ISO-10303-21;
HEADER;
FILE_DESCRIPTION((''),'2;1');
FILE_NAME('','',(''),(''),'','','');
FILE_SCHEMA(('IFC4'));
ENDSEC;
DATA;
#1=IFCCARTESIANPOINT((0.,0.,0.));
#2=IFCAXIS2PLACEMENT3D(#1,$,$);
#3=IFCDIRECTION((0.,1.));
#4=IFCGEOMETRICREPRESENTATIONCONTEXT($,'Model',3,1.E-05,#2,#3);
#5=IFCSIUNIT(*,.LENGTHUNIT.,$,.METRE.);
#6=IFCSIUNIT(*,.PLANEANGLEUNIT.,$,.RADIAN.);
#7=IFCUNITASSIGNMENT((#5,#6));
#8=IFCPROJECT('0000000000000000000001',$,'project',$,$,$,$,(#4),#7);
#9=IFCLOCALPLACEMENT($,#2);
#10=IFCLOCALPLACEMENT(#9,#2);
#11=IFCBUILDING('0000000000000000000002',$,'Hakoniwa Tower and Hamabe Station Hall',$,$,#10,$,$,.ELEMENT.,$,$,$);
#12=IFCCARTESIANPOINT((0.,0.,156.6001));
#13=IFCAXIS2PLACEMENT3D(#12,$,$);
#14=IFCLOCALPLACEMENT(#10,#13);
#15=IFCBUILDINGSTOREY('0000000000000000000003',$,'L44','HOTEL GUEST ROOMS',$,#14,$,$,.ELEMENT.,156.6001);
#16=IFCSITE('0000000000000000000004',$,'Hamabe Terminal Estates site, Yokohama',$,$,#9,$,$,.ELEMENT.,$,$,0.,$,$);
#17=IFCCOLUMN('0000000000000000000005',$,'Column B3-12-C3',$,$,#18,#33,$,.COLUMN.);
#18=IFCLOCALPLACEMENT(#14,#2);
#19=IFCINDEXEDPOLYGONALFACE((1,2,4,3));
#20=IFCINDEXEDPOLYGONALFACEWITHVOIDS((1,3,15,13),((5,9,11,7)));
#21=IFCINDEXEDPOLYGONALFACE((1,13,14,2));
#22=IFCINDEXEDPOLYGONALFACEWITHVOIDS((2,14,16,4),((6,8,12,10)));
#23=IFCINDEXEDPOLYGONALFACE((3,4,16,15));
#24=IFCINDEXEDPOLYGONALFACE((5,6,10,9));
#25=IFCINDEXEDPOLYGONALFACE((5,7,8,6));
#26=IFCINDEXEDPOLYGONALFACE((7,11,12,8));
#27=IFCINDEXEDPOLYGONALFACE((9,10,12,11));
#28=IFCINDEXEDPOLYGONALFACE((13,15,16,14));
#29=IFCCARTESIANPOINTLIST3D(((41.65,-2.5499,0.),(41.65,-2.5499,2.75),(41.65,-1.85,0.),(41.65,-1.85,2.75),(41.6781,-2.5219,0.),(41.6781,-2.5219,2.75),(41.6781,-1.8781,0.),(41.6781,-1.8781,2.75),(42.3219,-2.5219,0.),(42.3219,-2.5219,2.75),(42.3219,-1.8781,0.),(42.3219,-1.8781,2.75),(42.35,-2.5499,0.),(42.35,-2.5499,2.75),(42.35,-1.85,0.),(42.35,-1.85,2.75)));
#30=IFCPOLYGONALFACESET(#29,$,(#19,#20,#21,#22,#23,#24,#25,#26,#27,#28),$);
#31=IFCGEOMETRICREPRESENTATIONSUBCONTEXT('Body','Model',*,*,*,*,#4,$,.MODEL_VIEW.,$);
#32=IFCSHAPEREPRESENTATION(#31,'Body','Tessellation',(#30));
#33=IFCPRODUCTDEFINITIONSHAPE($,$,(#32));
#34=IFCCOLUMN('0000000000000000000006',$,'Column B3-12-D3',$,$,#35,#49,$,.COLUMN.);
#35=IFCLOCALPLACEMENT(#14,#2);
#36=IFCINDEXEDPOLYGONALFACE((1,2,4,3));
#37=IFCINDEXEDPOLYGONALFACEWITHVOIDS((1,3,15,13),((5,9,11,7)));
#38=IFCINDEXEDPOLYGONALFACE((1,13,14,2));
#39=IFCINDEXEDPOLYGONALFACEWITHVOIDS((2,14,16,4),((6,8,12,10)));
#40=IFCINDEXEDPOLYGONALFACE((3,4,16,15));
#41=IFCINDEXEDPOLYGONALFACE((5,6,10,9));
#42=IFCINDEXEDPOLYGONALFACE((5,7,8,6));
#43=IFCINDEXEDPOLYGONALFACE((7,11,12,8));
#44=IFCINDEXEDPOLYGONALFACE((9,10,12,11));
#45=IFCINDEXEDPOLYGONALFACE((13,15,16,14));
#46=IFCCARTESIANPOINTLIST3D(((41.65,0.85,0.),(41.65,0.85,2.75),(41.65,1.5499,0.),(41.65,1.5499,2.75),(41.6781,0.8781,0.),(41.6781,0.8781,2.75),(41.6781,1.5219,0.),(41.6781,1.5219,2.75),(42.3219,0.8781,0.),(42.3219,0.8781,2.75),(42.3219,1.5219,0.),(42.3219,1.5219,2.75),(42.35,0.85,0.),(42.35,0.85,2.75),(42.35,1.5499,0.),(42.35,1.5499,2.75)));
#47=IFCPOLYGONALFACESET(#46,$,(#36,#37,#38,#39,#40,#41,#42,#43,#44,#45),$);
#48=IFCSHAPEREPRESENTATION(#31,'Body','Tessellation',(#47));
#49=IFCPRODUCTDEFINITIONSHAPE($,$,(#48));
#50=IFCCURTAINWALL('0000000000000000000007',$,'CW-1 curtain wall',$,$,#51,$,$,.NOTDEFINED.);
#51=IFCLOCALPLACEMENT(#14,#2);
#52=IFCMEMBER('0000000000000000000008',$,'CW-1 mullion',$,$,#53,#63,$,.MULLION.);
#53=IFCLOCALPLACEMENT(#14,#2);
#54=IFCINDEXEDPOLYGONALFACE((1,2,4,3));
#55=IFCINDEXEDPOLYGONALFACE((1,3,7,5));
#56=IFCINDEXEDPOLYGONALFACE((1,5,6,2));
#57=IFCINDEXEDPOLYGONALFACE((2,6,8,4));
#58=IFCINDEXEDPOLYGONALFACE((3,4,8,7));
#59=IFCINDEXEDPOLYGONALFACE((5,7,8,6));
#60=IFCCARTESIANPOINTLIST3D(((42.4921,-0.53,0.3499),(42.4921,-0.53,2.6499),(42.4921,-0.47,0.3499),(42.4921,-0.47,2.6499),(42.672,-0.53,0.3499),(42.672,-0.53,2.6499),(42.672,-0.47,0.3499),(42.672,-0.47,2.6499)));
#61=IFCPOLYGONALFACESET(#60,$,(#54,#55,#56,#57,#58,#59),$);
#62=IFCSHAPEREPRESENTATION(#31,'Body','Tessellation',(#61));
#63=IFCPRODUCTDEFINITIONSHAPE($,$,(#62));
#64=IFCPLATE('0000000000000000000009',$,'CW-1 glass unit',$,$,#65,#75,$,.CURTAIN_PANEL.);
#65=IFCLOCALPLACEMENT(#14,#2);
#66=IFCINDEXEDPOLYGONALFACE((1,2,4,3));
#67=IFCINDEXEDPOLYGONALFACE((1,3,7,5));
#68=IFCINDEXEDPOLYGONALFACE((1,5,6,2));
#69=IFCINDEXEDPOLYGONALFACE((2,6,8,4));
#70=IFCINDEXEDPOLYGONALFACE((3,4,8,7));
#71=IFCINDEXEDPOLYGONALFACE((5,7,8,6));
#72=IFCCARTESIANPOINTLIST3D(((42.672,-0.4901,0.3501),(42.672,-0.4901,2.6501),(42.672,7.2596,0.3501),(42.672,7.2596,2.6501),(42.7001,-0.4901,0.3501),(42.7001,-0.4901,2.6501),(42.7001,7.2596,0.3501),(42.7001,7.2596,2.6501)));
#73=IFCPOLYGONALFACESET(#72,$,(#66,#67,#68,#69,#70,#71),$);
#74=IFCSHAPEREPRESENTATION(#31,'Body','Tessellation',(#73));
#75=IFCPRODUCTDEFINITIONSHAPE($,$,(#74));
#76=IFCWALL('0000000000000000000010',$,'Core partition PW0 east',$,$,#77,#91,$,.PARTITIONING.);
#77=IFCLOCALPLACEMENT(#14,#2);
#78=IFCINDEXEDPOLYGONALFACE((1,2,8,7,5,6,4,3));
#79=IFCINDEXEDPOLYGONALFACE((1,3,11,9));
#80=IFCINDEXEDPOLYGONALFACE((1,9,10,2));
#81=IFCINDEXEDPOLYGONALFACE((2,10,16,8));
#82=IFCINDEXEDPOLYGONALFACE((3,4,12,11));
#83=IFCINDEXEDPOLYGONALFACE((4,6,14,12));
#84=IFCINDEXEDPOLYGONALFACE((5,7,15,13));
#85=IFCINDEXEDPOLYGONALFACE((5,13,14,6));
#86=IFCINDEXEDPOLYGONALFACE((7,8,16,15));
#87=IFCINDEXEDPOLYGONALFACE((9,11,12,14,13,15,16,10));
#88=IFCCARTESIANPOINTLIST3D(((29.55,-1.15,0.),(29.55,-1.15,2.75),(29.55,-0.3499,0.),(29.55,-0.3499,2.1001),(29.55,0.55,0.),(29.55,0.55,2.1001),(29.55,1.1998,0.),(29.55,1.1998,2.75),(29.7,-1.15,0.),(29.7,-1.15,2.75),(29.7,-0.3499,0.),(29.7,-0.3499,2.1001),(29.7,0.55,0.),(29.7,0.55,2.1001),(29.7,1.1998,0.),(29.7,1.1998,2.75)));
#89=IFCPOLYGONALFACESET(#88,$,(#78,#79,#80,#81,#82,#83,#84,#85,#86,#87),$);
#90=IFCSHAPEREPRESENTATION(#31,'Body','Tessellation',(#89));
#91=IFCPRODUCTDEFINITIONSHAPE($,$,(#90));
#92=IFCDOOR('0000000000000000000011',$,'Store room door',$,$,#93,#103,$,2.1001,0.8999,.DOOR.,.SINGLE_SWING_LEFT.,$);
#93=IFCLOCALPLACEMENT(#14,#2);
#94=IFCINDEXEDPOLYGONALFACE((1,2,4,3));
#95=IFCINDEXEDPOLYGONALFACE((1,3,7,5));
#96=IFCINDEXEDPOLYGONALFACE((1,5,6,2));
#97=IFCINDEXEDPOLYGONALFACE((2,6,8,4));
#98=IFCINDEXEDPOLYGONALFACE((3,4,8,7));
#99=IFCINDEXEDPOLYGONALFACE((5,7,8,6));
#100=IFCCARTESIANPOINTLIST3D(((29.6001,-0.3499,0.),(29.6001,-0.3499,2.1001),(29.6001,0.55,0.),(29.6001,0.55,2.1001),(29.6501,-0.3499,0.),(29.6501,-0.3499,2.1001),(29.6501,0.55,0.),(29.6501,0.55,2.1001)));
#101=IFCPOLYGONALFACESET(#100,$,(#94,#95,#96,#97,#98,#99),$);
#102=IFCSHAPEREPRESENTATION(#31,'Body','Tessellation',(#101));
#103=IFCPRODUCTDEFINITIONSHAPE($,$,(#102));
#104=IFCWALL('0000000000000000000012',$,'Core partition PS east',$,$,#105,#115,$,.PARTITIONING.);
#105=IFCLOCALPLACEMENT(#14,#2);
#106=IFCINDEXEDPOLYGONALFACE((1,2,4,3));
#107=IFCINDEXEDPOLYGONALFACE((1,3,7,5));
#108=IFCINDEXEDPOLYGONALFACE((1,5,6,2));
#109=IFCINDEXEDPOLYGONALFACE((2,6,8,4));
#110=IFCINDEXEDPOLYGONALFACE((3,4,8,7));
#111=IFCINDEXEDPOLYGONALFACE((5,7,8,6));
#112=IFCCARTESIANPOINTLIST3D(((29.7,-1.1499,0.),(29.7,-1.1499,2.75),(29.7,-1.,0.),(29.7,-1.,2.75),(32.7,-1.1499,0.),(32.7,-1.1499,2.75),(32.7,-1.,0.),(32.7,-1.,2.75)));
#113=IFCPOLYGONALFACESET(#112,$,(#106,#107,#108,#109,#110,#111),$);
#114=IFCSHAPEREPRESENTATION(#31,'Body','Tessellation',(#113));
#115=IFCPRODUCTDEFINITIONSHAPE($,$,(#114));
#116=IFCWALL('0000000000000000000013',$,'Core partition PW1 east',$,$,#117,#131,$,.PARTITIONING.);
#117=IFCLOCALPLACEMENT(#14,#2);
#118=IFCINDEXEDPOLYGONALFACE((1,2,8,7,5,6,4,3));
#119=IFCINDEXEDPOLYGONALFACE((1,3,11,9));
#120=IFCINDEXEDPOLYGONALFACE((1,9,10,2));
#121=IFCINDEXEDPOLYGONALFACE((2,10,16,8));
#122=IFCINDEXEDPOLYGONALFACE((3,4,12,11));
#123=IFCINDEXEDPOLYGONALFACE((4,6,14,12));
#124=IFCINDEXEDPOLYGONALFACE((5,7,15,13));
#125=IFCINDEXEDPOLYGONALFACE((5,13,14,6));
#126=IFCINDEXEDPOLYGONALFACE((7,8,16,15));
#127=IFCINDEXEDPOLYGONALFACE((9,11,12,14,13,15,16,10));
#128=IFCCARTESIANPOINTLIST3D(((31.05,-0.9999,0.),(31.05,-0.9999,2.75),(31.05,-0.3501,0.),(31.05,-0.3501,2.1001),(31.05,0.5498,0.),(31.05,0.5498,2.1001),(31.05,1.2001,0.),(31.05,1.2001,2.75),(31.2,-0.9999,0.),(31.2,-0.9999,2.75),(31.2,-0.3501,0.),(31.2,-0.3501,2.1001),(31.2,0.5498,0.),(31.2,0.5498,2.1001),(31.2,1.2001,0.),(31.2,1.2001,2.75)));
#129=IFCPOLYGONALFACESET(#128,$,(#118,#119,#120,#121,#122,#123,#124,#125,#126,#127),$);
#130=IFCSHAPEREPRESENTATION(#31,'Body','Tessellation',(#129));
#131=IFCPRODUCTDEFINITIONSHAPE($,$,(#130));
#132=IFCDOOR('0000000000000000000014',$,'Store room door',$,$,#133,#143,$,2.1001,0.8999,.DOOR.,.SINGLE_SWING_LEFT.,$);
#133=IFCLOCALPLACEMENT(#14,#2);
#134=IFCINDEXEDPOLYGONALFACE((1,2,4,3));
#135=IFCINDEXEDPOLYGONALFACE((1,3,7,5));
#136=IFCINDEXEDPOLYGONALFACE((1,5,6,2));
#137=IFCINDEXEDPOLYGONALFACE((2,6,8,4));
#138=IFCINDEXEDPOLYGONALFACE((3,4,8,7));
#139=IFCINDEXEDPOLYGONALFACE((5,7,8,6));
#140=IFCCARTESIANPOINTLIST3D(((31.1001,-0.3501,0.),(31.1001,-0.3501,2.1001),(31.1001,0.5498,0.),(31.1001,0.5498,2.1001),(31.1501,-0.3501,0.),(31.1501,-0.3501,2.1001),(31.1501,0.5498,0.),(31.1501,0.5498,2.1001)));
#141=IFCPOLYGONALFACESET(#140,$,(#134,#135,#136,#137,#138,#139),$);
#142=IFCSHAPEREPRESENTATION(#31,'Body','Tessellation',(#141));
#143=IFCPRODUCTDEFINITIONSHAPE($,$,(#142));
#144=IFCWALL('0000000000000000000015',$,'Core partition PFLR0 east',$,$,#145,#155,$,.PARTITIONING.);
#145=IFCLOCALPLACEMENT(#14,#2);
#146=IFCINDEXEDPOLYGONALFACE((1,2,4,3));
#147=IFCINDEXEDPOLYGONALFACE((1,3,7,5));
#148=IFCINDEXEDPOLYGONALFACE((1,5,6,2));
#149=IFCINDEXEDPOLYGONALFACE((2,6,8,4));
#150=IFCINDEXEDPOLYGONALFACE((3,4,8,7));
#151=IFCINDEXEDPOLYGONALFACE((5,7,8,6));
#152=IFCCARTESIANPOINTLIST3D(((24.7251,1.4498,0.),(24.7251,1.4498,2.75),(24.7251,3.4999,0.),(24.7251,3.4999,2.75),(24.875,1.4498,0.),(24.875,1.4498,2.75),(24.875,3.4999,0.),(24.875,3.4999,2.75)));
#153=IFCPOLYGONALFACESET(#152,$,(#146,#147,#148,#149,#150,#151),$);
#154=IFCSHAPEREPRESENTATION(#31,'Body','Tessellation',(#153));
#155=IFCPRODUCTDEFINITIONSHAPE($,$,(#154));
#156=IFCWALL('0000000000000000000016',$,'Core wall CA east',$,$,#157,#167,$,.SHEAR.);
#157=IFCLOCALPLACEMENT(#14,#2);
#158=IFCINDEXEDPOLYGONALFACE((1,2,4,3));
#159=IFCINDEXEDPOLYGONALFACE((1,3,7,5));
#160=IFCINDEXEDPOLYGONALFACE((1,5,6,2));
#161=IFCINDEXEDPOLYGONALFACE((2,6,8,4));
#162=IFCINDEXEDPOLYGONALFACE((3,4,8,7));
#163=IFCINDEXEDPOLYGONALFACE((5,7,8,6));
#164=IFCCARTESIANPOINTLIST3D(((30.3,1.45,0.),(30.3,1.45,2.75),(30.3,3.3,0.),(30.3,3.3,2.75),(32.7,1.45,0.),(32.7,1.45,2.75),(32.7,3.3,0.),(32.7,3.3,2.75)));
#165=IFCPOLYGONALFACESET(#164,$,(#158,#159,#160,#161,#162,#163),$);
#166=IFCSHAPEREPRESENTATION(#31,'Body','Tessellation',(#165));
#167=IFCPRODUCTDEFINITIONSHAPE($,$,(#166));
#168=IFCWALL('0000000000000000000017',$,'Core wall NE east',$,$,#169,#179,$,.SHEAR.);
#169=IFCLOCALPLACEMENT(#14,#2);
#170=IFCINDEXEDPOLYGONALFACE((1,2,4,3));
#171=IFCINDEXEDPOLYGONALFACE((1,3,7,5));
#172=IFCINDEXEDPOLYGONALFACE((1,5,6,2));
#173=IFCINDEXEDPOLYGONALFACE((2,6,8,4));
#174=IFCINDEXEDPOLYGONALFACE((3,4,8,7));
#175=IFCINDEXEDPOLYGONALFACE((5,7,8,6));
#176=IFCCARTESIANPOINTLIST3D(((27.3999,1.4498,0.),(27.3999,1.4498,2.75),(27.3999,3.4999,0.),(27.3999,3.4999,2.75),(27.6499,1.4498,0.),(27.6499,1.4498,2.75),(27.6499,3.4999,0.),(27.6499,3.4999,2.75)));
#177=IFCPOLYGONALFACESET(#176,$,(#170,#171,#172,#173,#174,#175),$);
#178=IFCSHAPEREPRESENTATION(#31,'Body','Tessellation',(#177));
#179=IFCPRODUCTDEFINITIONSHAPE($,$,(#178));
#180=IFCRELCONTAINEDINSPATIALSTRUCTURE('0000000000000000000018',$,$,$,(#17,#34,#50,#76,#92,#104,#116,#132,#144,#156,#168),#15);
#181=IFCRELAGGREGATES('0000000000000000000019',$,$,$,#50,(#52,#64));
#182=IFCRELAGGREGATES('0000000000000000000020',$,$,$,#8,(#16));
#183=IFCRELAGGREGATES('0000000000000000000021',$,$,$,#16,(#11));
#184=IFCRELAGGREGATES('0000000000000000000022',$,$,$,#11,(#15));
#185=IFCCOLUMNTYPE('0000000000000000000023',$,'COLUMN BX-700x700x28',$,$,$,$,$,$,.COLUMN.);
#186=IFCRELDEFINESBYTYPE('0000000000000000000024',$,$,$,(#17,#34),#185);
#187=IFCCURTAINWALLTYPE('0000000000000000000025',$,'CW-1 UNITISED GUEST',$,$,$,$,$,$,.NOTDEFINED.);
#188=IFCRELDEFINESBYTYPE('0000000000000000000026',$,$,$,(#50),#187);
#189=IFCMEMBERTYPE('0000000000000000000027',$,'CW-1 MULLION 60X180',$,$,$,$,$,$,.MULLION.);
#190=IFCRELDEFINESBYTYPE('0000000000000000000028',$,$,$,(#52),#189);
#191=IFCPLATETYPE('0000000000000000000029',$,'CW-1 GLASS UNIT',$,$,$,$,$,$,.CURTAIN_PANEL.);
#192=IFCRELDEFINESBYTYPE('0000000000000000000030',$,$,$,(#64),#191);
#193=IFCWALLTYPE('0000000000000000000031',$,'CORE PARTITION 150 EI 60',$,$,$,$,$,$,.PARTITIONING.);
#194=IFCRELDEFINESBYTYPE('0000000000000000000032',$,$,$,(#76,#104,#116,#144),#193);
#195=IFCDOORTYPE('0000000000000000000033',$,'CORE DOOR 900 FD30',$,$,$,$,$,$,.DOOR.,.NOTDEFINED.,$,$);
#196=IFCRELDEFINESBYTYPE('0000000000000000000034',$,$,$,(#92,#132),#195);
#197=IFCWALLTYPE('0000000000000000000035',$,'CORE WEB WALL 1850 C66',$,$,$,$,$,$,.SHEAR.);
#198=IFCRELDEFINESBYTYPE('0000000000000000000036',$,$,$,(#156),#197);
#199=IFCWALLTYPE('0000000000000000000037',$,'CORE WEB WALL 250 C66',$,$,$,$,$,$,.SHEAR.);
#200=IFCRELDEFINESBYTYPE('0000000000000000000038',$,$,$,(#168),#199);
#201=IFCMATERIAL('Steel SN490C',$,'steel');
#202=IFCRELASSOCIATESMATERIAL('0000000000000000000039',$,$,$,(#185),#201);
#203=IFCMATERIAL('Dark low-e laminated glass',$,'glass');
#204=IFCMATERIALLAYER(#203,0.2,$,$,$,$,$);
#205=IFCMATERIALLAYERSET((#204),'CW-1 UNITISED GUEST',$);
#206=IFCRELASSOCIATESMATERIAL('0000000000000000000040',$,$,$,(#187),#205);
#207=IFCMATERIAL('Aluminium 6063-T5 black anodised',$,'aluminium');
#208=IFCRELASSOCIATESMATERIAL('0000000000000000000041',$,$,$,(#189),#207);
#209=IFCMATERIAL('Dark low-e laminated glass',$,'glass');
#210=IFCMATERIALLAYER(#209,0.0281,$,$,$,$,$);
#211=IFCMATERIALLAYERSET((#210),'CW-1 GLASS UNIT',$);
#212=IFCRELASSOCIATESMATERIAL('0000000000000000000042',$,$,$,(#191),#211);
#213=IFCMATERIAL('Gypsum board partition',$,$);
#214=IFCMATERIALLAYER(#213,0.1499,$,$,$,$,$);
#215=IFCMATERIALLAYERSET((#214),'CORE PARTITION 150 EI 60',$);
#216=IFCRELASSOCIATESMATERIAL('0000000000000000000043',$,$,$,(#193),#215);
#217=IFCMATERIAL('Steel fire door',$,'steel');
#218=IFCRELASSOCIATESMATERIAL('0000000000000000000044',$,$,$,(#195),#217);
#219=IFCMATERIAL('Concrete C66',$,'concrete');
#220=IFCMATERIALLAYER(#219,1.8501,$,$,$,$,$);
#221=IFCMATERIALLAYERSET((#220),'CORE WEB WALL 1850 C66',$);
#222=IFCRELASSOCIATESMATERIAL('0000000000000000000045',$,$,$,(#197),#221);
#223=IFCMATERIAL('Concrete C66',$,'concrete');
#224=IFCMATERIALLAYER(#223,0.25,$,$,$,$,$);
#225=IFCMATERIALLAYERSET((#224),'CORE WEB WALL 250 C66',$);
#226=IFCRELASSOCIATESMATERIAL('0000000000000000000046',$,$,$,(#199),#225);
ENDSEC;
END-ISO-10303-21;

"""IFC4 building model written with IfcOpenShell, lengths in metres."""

from ifc_helpers import new_model, si_unit, direction, frame, frame_2d, origin, origin_2d, place, context, subcontext, project, spatial, rectangle, hollow_rectangle, extrude, material, layer, layer_set, material_profile, profile_set, type_object, element, fill, aggregate, save


model = new_model("IFC4")

# Units and contexts
model_context = context("Model", 3, precision=1e-05, world=origin(), true_north=direction((0.0, 1.0)))
body_context = subcontext(model_context, "Body", "Model", "MODEL_VIEW")
ifc_project = project(units=[si_unit("LENGTHUNIT", "METRE"), si_unit("PLANEANGLEUNIT", "RADIAN")], contexts=[model_context])

# Site, building, storey
site_placement = place(None, origin())
site = spatial("IfcSite", under=ifc_project, at=site_placement, Name="Hamabe Terminal Estates site, Yokohama", CompositionType="ELEMENT", RefElevation=0.0)
building_placement = place(site_placement, origin())
building = spatial("IfcBuilding", under=site, at=building_placement, Name="Hakoniwa Tower and Hamabe Station Hall", CompositionType="ELEMENT")
storey_placement = place(building_placement, frame((0.0, 0.0, 156.6001)))
storey = spatial("IfcBuildingStorey", under=building, at=storey_placement, Name="L44", Description="HOTEL GUEST ROOMS", CompositionType="ELEMENT", Elevation=156.6001)

# Columns
ifc_material_1 = material(Name="Steel SN490C", Category="steel")
ifc_material_profile_1 = material_profile(ifc_material_1, hollow_rectangle(XDim=0.7, YDim=0.7, WallThickness=0.0281, at=origin_2d()), Name="BX-700x700x28")
ifc_profile_set_1 = profile_set([ifc_material_profile_1], Name="Steel SN490C")
column_type = type_object("IfcColumnType", Name="COLUMN BX-700x700x28", PredefinedType="COLUMN", material=ifc_profile_set_1)
for number, where, z_axis, x_axis, name in (
    (1, (42.0, -2.2, 0.0), (0.0, 0.0, 1.0), (1.0, 0.0, 0.0), "Column B3-12-C3"),
    (2, (42.0, 1.2, 0.0), (0.0, 0.0, 1.0), (1.0, 0.0, 0.0), "Column B3-12-D3"),
):
    element("IfcColumn", number, at=place(storey_placement, frame(where, z_axis=z_axis, x_axis=x_axis)), inside=storey, type_object=column_type, Name=name, PredefinedType="COLUMN", context=body_context, shape_type="SweptSolid", body=[
        extrude(hollow_rectangle(XDim=0.7, YDim=0.7, WallThickness=0.0281, at=origin_2d()), origin(), (0.0, 0.0, 1.0), 2.75),
    ])

# Curtain wall, member, plate
ifc_material_2 = material(Name="Dark low-e laminated glass", Category="glass")
ifc_layer_1 = layer(ifc_material_2, 0.2)
ifc_layer_set_1 = layer_set([ifc_layer_1], Name="CW-1 UNITISED GUEST")
curtain_wall_type = type_object("IfcCurtainWallType", Name="CW-1 UNITISED GUEST", PredefinedType="NOTDEFINED", material=ifc_layer_set_1)
curtain_wall_placement = place(storey_placement, origin())
curtain_wall = element("IfcCurtainWall", 3, at=curtain_wall_placement, inside=storey, type_object=curtain_wall_type, Name="CW-1 curtain wall", PredefinedType="NOTDEFINED")
ifc_material_3 = material(Name="Aluminium 6063-T5 black anodised", Category="aluminium")
ifc_material_profile_2 = material_profile(ifc_material_3, rectangle(XDim=0.0601, YDim=0.1799, at=origin_2d()), Name="CW-1 MULLION 60X180")
ifc_profile_set_2 = profile_set([ifc_material_profile_2], Name="Aluminium 6063-T5 black anodised")
member_type = type_object("IfcMemberType", Name="CW-1 MULLION 60X180", PredefinedType="MULLION", material=ifc_profile_set_2)
member_placement = place(storey_placement, frame((42.582, -0.5, 0.3499), z_axis=(0.0, 0.0, 1.0), x_axis=(0.0, 1.0, 0.0)))
member = element("IfcMember", 4, at=member_placement, type_object=member_type, Name="CW-1 mullion", PredefinedType="MULLION", context=body_context, shape_type="SweptSolid", body=[
    extrude(rectangle(XDim=0.0601, YDim=0.1799, at=origin_2d()), origin(), (0.0, 0.0, 1.0), 2.3),
])
ifc_material_4 = material(Name="Dark low-e laminated glass", Category="glass")
ifc_layer_2 = layer(ifc_material_4, 0.0281)
ifc_layer_set_2 = layer_set([ifc_layer_2], Name="CW-1 GLASS UNIT")
plate_type = type_object("IfcPlateType", Name="CW-1 GLASS UNIT", PredefinedType="CURTAIN_PANEL", material=ifc_layer_set_2)
plate_placement = place(storey_placement, frame((42.686, 3.3848, 0.3501), z_axis=(0.0, 0.0, 1.0), x_axis=(0.0, 1.0, 0.0)))
plate = element("IfcPlate", 5, at=plate_placement, type_object=plate_type, Name="CW-1 glass unit", PredefinedType="CURTAIN_PANEL", context=body_context, shape_type="SweptSolid", body=[
    extrude(rectangle(XDim=7.7498, YDim=0.0281, at=origin_2d()), origin(), (0.0, 0.0, 1.0), 2.3),
])
aggregate(curtain_wall, [member, plate])

# Wall, opening, door
ifc_material_5 = material(Name="Gypsum board partition")
ifc_layer_3 = layer(ifc_material_5, 0.1499)
ifc_layer_set_3 = layer_set([ifc_layer_3], Name="CORE PARTITION 150 EI 60")
wall_type_1 = type_object("IfcWallType", Name="CORE PARTITION 150 EI 60", PredefinedType="PARTITIONING", material=ifc_layer_set_3)
wall_1_placement = place(storey_placement, frame((29.625, -1.1499, 0.0), z_axis=(0.0, 0.0, 1.0), x_axis=(0.0, 1.0, 0.0)))
wall_1 = element("IfcWall", 6, at=wall_1_placement, inside=storey, type_object=wall_type_1, Name="Core partition PW0 east", PredefinedType="PARTITIONING", context=body_context, shape_type="SweptSolid", body=[
    extrude(rectangle(XDim=2.3499, YDim=0.1499, at=frame_2d((1.1748, 0.0))), origin(), (0.0, 0.0, 1.0), 2.75),
])
opening_1_placement = place(wall_1_placement, frame((0.8, 0.0, 0.0)))
opening_1 = element("IfcOpeningElement", 7, at=opening_1_placement, cuts=wall_1, PredefinedType="OPENING", context=body_context, shape_type="SweptSolid", body=[
    extrude(rectangle(XDim=0.8999, YDim=2.1001, at=frame_2d((0.45, 1.05))), frame((0.0, 0.085, 0.0), z_axis=(0.0, -1.0, 0.0), x_axis=(1.0, 0.0, 0.0)), (0.0, 0.0, 1.0), 0.1699),
])
ifc_material_6 = material(Name="Steel fire door", Category="steel")
door_type_1 = type_object("IfcDoorType", Name="CORE DOOR 900 FD30", OperationType="NOTDEFINED", PredefinedType="DOOR", material=ifc_material_6)
door_1_placement = place(opening_1_placement, origin())
door_1 = element("IfcDoor", 8, at=door_1_placement, inside=storey, type_object=door_type_1, Name="Store room door", OperationType="SINGLE_SWING_LEFT", OverallHeight=2.1001, OverallWidth=0.8999, PredefinedType="DOOR", context=body_context, shape_type="SweptSolid", body=[
    extrude(rectangle(XDim=0.8999, YDim=2.1001, at=frame_2d((0.45, 1.05))), frame((0.0, 0.0249, 0.0), z_axis=(0.0, -1.0, 0.0), x_axis=(1.0, 0.0, 0.0)), (0.0, 0.0, 1.0), 0.05),
])
fill(opening_1, door_1)

# Wall
wall_2_placement = place(storey_placement, frame((29.7, -1.075, 0.0), z_axis=(0.0, 0.0, 1.0), x_axis=(1.0, 0.0, 0.0)))
element("IfcWall", 9, at=wall_2_placement, inside=storey, type_object=wall_type_1, Name="Core partition PS east", PredefinedType="PARTITIONING", context=body_context, shape_type="SweptSolid", body=[
    extrude(rectangle(XDim=3.0, YDim=0.1499, at=frame_2d((1.5, 0.0))), origin(), (0.0, 0.0, 1.0), 2.75),
])

# Wall, opening, door
wall_3_placement = place(storey_placement, frame((31.125, -1.0, 0.0), z_axis=(0.0, 0.0, 1.0), x_axis=(0.0, 1.0, 0.0)))
wall_3 = element("IfcWall", 10, at=wall_3_placement, inside=storey, type_object=wall_type_1, Name="Core partition PW1 east", PredefinedType="PARTITIONING", context=body_context, shape_type="SweptSolid", body=[
    extrude(rectangle(XDim=2.2, YDim=0.1499, at=frame_2d((1.1001, 0.0))), origin(), (0.0, 0.0, 1.0), 2.75),
])
opening_2_placement = place(wall_3_placement, frame((0.6499, 0.0, 0.0)))
opening_2 = element("IfcOpeningElement", 11, at=opening_2_placement, cuts=wall_3, PredefinedType="OPENING", context=body_context, shape_type="SweptSolid", body=[
    extrude(rectangle(XDim=0.8999, YDim=2.1001, at=frame_2d((0.45, 1.05))), frame((0.0, 0.085, 0.0), z_axis=(0.0, -1.0, 0.0), x_axis=(1.0, 0.0, 0.0)), (0.0, 0.0, 1.0), 0.1699),
])
door_2_placement = place(opening_2_placement, origin())
door_2 = element("IfcDoor", 12, at=door_2_placement, inside=storey, type_object=door_type_1, Name="Store room door", OperationType="SINGLE_SWING_LEFT", OverallHeight=2.1001, OverallWidth=0.8999, PredefinedType="DOOR", context=body_context, shape_type="SweptSolid", body=[
    extrude(rectangle(XDim=0.8999, YDim=2.1001, at=frame_2d((0.45, 1.05))), frame((0.0, 0.0249, 0.0), z_axis=(0.0, -1.0, 0.0), x_axis=(1.0, 0.0, 0.0)), (0.0, 0.0, 1.0), 0.05),
])
fill(opening_2, door_2)

# Walls
wall_4_placement = place(storey_placement, frame((24.8, 1.45, 0.0), z_axis=(0.0, 0.0, 1.0), x_axis=(0.0, 1.0, 0.0)))
element("IfcWall", 13, at=wall_4_placement, inside=storey, type_object=wall_type_1, Name="Core partition PFLR0 east", PredefinedType="PARTITIONING", context=body_context, shape_type="SweptSolid", body=[
    extrude(rectangle(XDim=2.05, YDim=0.1499, at=frame_2d((1.0249, 0.0))), origin(), (0.0, 0.0, 1.0), 2.75),
])
ifc_material_7 = material(Name="Concrete C66", Category="concrete")
ifc_layer_4 = layer(ifc_material_7, 1.8501)
ifc_layer_set_4 = layer_set([ifc_layer_4], Name="CORE WEB WALL 1850 C66")
wall_type_2 = type_object("IfcWallType", Name="CORE WEB WALL 1850 C66", PredefinedType="SHEAR", material=ifc_layer_set_4)
wall_5_placement = place(storey_placement, frame((30.3, 2.375, 0.0), z_axis=(0.0, 0.0, 1.0), x_axis=(1.0, 0.0, 0.0)))
element("IfcWall", 14, at=wall_5_placement, inside=storey, type_object=wall_type_2, Name="Core wall CA east", PredefinedType="SHEAR", context=body_context, shape_type="SweptSolid", body=[
    extrude(rectangle(XDim=2.3999, YDim=1.8501, at=frame_2d((1.2, 0.0))), origin(), (0.0, 0.0, 1.0), 2.75),
])
ifc_material_8 = material(Name="Concrete C66", Category="concrete")
ifc_layer_5 = layer(ifc_material_8, 0.25)
ifc_layer_set_5 = layer_set([ifc_layer_5], Name="CORE WEB WALL 250 C66")
wall_type_3 = type_object("IfcWallType", Name="CORE WEB WALL 250 C66", PredefinedType="SHEAR", material=ifc_layer_set_5)
wall_6_placement = place(storey_placement, frame((27.5249, 1.45, 0.0), z_axis=(0.0, 0.0, 1.0), x_axis=(0.0, 1.0, 0.0)))
element("IfcWall", 15, at=wall_6_placement, inside=storey, type_object=wall_type_3, Name="Core wall NE east", PredefinedType="SHEAR", context=body_context, shape_type="SweptSolid", body=[
    extrude(rectangle(XDim=2.05, YDim=0.25, at=frame_2d((1.0249, 0.0))), origin(), (0.0, 0.0, 1.0), 2.75),
])

save(model, "model.ifc")
